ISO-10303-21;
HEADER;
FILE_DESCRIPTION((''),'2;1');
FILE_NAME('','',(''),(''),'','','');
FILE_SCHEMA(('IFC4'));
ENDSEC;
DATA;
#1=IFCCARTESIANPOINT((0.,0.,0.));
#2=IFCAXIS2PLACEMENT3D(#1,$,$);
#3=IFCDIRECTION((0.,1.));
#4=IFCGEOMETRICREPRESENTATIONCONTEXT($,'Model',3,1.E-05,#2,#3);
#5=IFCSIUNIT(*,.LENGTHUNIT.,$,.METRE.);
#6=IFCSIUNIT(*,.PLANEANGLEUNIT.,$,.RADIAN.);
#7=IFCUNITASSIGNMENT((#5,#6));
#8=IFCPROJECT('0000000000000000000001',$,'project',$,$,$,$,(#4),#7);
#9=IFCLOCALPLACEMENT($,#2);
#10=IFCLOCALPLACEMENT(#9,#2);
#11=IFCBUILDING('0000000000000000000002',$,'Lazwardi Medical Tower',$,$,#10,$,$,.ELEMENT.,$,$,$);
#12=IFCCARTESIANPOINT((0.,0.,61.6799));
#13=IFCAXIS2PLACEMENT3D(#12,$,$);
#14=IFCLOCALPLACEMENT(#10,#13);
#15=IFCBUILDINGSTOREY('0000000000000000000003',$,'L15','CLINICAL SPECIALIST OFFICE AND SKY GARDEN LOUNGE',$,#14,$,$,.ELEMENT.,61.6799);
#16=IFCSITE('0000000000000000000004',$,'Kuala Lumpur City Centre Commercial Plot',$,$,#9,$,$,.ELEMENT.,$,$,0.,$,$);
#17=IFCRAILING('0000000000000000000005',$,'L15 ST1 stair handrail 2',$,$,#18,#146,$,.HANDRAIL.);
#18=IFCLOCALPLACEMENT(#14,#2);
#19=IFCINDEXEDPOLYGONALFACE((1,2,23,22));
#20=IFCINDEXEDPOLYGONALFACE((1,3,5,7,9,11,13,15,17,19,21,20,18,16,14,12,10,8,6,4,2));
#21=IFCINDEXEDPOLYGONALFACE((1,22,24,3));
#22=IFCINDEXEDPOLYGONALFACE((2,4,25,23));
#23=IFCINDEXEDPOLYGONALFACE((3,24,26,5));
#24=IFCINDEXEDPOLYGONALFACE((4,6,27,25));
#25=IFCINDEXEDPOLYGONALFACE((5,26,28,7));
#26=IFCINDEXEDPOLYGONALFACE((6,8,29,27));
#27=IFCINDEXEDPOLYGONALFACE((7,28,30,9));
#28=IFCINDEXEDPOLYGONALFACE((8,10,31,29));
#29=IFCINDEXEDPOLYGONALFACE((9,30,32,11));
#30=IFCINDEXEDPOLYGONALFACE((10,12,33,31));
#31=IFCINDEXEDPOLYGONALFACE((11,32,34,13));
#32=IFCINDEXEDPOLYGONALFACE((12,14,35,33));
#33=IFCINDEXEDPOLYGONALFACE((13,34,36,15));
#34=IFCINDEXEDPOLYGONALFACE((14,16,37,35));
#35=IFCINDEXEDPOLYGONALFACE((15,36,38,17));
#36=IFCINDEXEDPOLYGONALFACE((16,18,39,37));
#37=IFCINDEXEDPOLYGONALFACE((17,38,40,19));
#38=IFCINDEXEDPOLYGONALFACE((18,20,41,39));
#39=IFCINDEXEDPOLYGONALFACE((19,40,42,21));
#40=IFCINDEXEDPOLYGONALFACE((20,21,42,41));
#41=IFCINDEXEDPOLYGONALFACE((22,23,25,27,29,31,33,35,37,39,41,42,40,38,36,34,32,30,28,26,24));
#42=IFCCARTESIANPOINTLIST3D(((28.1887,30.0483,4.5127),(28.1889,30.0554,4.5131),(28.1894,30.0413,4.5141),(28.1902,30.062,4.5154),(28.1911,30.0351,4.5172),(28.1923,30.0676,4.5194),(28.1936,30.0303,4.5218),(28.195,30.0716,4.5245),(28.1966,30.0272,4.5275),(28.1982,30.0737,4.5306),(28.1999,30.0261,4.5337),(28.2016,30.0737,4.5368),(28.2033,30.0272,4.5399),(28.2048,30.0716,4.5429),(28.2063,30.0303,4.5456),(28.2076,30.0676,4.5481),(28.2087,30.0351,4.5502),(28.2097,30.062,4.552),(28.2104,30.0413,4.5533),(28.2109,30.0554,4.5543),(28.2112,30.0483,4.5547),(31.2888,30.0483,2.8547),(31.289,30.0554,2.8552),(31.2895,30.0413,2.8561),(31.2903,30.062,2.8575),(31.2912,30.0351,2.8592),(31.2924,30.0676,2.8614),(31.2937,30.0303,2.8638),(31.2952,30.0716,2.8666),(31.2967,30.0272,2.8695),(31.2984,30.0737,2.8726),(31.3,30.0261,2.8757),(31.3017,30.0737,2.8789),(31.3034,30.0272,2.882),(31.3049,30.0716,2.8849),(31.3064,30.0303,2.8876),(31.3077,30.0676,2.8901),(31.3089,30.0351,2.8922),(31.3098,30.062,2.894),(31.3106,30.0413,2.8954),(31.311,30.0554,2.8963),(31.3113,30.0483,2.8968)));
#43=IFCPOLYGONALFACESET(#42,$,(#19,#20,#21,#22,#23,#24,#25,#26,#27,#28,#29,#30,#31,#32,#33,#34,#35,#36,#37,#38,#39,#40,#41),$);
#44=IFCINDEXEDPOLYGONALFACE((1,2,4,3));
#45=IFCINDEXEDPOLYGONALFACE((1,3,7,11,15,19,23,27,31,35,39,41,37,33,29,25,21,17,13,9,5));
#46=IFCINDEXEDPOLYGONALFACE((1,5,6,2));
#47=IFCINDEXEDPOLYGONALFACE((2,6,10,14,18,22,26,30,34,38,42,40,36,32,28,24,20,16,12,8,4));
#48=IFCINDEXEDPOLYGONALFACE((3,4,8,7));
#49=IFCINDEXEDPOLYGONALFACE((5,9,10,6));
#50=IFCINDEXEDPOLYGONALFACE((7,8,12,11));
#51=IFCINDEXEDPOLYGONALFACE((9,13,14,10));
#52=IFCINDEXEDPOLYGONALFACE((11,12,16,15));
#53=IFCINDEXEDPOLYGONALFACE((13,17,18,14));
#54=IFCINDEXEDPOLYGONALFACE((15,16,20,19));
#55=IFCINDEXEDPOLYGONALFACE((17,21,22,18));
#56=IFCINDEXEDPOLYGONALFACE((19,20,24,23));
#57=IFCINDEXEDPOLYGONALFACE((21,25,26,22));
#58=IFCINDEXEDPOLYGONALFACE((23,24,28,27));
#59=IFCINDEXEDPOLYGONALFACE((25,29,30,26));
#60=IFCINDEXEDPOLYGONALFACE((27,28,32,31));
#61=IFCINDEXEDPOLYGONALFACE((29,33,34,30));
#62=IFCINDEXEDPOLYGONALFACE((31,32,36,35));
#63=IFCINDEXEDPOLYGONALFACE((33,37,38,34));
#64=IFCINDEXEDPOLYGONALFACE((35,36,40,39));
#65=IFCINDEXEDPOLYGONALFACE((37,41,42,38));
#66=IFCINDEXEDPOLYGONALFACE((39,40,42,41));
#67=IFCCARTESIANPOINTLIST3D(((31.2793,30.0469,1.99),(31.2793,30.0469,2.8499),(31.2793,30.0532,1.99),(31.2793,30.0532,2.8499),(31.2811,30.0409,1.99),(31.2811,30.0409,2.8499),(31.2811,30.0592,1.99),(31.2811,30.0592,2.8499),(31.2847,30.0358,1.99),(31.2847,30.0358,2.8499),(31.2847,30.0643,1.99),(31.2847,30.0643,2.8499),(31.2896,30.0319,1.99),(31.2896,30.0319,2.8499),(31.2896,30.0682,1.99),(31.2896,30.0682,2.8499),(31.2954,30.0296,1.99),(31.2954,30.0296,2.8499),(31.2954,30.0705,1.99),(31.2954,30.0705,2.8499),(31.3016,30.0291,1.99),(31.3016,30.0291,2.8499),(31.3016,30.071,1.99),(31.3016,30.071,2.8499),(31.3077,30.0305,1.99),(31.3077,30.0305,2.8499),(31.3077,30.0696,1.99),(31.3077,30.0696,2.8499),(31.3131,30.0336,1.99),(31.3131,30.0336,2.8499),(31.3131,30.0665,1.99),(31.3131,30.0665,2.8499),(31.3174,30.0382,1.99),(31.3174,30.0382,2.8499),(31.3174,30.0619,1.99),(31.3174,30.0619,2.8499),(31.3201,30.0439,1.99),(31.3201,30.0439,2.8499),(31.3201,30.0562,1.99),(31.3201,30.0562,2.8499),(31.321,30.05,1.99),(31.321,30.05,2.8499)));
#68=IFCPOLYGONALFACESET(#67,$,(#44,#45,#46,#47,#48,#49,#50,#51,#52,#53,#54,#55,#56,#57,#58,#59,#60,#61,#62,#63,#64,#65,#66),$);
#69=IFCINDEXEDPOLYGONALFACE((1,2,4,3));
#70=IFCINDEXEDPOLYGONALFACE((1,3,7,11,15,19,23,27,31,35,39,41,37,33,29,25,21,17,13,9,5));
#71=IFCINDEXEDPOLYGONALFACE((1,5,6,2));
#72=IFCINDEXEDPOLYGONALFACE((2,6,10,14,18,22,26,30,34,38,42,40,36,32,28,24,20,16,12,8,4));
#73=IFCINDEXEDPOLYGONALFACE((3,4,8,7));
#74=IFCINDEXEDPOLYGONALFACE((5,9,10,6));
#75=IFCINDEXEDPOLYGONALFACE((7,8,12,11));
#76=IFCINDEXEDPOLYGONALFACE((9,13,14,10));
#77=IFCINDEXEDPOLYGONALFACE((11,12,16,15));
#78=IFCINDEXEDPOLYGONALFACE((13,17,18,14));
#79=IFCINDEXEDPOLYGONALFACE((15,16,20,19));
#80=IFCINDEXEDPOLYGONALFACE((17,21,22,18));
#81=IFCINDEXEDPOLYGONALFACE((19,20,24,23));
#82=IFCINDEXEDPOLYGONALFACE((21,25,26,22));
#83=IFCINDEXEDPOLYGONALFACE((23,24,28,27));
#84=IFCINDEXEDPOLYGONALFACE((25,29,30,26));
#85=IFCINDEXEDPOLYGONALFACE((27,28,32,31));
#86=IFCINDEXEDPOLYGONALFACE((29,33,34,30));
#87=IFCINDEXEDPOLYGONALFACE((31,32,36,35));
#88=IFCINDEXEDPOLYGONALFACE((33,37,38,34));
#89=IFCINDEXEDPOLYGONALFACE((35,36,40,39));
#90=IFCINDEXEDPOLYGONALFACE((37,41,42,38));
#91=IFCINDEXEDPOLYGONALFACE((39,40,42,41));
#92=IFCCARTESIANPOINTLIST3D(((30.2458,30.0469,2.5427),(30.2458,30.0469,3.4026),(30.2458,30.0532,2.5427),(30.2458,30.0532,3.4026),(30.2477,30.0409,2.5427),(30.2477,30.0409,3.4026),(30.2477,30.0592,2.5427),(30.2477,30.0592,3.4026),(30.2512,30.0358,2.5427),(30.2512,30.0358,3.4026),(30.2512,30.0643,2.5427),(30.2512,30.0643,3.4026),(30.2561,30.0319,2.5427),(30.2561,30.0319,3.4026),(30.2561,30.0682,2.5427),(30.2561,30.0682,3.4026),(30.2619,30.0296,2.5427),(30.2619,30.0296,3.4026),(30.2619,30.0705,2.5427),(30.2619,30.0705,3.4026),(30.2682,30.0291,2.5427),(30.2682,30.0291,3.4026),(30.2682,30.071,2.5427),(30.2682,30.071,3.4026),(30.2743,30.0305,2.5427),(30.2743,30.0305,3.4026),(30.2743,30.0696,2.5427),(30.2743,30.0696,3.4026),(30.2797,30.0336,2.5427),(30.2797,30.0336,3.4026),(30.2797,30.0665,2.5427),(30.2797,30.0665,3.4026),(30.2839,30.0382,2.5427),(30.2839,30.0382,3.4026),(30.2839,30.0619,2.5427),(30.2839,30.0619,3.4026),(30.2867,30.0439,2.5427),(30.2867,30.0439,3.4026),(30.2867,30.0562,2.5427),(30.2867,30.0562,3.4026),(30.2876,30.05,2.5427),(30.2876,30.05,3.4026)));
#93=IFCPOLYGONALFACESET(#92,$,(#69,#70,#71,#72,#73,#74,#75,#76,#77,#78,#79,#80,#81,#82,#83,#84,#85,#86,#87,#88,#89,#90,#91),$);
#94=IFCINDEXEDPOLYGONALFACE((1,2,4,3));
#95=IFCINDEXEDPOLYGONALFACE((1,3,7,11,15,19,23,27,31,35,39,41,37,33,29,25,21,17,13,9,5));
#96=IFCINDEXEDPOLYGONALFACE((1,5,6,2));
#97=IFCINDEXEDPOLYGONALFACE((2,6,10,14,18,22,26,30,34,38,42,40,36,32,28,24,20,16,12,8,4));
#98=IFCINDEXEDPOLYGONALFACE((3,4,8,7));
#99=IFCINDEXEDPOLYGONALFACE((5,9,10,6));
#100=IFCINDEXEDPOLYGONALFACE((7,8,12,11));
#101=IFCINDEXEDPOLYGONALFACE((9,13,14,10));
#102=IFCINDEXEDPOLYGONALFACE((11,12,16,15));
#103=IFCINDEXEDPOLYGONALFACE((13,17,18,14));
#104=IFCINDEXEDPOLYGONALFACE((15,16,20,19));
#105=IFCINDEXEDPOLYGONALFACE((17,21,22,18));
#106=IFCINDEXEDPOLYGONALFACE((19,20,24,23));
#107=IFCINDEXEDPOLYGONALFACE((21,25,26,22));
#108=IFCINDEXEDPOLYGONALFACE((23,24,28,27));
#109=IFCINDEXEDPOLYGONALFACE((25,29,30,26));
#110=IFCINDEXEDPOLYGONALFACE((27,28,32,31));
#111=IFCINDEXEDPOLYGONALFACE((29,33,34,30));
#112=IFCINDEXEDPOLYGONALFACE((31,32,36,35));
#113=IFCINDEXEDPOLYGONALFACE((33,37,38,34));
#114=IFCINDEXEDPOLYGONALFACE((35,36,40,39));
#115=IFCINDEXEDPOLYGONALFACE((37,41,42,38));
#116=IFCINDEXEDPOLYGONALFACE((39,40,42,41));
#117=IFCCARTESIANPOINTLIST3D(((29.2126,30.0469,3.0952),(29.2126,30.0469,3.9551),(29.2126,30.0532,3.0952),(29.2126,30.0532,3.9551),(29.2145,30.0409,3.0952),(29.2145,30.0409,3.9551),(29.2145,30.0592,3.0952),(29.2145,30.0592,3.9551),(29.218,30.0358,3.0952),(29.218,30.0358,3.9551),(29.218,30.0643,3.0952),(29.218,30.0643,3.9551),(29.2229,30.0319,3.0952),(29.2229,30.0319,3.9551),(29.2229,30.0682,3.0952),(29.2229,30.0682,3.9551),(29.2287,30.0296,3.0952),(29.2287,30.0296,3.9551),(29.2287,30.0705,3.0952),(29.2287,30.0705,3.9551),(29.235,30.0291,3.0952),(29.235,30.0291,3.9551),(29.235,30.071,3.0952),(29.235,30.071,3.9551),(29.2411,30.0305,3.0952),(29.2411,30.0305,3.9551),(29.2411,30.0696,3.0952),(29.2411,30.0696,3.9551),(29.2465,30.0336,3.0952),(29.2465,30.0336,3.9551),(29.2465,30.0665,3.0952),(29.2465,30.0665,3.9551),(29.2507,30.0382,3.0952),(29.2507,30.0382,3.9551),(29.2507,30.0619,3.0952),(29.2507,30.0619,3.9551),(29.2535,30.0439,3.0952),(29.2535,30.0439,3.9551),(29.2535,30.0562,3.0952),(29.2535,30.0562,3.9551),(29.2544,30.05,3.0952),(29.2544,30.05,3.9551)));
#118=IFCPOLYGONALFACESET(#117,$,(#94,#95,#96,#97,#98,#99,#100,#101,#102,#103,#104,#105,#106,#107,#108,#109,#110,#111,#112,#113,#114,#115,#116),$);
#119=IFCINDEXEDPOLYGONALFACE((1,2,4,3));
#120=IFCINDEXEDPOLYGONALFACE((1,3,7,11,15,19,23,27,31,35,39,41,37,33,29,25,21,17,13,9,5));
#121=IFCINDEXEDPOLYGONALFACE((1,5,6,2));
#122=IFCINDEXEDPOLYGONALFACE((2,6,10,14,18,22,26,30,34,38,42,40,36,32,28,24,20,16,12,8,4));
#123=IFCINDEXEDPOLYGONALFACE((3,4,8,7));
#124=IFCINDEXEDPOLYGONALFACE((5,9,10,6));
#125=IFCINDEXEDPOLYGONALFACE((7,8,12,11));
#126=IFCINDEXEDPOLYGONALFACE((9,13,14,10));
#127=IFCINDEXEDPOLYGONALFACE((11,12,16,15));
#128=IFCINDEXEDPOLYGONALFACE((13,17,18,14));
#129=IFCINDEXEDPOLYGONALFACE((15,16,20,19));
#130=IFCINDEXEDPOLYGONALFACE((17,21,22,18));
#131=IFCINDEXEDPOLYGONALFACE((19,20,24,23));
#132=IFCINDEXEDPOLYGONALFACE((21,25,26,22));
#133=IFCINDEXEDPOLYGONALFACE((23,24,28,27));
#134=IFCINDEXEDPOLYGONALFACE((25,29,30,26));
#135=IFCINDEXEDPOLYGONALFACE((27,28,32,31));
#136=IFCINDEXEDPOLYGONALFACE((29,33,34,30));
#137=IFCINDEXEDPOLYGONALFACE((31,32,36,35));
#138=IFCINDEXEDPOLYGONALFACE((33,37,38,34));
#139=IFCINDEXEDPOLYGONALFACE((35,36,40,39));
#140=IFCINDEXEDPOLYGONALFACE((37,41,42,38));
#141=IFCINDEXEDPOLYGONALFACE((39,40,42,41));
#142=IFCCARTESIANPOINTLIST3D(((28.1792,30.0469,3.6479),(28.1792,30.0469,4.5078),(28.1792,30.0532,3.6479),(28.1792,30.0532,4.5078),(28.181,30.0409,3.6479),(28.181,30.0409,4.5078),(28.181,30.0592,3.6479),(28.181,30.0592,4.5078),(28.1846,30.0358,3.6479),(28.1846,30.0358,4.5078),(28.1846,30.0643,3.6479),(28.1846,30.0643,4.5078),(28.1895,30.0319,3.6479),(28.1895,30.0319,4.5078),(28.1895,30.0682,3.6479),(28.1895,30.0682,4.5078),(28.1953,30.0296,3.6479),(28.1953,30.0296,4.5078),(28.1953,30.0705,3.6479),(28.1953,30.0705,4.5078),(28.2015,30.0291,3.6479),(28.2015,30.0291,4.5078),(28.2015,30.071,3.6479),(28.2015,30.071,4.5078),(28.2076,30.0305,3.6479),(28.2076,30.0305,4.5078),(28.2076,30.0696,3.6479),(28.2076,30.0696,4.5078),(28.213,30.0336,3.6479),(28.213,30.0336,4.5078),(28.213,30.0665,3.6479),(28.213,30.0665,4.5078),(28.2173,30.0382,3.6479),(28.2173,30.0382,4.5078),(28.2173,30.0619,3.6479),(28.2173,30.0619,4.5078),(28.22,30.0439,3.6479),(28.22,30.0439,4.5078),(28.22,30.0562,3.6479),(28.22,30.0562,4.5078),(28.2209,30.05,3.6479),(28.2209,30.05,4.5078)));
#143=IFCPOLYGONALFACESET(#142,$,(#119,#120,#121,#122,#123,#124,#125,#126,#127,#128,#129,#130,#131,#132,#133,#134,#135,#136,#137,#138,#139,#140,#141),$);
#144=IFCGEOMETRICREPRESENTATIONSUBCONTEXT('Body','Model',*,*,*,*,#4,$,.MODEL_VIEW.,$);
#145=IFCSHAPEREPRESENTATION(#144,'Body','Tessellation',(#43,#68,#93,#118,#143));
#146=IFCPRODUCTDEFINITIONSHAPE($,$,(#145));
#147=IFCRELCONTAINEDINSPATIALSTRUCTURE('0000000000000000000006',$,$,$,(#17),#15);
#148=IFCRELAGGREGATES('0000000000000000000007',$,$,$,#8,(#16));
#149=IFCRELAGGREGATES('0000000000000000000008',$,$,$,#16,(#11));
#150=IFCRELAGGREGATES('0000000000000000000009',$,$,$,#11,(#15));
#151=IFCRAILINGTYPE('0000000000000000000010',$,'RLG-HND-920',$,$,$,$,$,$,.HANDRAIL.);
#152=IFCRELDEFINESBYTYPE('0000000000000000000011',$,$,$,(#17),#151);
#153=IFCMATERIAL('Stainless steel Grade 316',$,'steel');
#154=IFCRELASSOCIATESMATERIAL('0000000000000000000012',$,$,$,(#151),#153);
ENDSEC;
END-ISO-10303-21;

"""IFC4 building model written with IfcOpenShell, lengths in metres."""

from ifc_helpers import new_model, si_unit, direction, frame, origin, origin_2d, place, context, subcontext, project, spatial, circle, extrude, material, type_object, element, save


model = new_model("IFC4")

# Units and contexts
model_context = context("Model", 3, precision=1e-05, world=origin(), true_north=direction((0.0, 1.0)))
body_context = subcontext(model_context, "Body", "Model", "MODEL_VIEW")
ifc_project = project(units=[si_unit("LENGTHUNIT", "METRE"), si_unit("PLANEANGLEUNIT", "RADIAN")], contexts=[model_context])

# Site, building, storey
site_placement = place(None, origin())
site = spatial("IfcSite", under=ifc_project, at=site_placement, Name="Kuala Lumpur City Centre Commercial Plot", CompositionType="ELEMENT", RefElevation=0.0)
building_placement = place(site_placement, origin())
building = spatial("IfcBuilding", under=site, at=building_placement, Name="Lazwardi Medical Tower", CompositionType="ELEMENT")
storey_placement = place(building_placement, frame((0.0, 0.0, 61.6799)))
storey = spatial("IfcBuildingStorey", under=building, at=storey_placement, Name="L15", Description="CLINICAL SPECIALIST OFFICE AND SKY GARDEN LOUNGE", CompositionType="ELEMENT", Elevation=61.6799)

# Railing
ifc_material_1 = material(Name="Stainless steel Grade 316", Category="steel")
railing_type = type_object("IfcRailingType", Name="RLG-HND-920", PredefinedType="HANDRAIL", material=ifc_material_1)
railing_placement = place(storey_placement, frame((31.3, 30.05, 1.99)))
element("IfcRailing", 1, at=railing_placement, inside=storey, type_object=railing_type, Name="L15 ST1 stair handrail 2", PredefinedType="HANDRAIL", context=body_context, shape_type="SweptSolid", body=[
    extrude(circle(Radius=0.0239, at=origin_2d()), frame((0.0, 0.0, 0.8857), z_axis=(-0.881812, 0.0, 0.471601), x_axis=(0.0, -1.0, 0.0)), (0.0, 0.0, 1.0), 3.5156),
    extrude(circle(Radius=0.021, at=origin_2d()), origin(), (0.0, 0.0, 1.0), 0.8599),
    extrude(circle(Radius=0.021, at=origin_2d()), frame((-1.0334, 0.0, 0.5527)), (0.0, 0.0, 1.0), 0.8599),
    extrude(circle(Radius=0.021, at=origin_2d()), frame((-2.0667, 0.0, 1.1052)), (0.0, 0.0, 1.0), 0.8599),
    extrude(circle(Radius=0.021, at=origin_2d()), frame((-3.1001, 0.0, 1.658)), (0.0, 0.0, 1.0), 0.8599),
])

save(model, "model.ifc")
